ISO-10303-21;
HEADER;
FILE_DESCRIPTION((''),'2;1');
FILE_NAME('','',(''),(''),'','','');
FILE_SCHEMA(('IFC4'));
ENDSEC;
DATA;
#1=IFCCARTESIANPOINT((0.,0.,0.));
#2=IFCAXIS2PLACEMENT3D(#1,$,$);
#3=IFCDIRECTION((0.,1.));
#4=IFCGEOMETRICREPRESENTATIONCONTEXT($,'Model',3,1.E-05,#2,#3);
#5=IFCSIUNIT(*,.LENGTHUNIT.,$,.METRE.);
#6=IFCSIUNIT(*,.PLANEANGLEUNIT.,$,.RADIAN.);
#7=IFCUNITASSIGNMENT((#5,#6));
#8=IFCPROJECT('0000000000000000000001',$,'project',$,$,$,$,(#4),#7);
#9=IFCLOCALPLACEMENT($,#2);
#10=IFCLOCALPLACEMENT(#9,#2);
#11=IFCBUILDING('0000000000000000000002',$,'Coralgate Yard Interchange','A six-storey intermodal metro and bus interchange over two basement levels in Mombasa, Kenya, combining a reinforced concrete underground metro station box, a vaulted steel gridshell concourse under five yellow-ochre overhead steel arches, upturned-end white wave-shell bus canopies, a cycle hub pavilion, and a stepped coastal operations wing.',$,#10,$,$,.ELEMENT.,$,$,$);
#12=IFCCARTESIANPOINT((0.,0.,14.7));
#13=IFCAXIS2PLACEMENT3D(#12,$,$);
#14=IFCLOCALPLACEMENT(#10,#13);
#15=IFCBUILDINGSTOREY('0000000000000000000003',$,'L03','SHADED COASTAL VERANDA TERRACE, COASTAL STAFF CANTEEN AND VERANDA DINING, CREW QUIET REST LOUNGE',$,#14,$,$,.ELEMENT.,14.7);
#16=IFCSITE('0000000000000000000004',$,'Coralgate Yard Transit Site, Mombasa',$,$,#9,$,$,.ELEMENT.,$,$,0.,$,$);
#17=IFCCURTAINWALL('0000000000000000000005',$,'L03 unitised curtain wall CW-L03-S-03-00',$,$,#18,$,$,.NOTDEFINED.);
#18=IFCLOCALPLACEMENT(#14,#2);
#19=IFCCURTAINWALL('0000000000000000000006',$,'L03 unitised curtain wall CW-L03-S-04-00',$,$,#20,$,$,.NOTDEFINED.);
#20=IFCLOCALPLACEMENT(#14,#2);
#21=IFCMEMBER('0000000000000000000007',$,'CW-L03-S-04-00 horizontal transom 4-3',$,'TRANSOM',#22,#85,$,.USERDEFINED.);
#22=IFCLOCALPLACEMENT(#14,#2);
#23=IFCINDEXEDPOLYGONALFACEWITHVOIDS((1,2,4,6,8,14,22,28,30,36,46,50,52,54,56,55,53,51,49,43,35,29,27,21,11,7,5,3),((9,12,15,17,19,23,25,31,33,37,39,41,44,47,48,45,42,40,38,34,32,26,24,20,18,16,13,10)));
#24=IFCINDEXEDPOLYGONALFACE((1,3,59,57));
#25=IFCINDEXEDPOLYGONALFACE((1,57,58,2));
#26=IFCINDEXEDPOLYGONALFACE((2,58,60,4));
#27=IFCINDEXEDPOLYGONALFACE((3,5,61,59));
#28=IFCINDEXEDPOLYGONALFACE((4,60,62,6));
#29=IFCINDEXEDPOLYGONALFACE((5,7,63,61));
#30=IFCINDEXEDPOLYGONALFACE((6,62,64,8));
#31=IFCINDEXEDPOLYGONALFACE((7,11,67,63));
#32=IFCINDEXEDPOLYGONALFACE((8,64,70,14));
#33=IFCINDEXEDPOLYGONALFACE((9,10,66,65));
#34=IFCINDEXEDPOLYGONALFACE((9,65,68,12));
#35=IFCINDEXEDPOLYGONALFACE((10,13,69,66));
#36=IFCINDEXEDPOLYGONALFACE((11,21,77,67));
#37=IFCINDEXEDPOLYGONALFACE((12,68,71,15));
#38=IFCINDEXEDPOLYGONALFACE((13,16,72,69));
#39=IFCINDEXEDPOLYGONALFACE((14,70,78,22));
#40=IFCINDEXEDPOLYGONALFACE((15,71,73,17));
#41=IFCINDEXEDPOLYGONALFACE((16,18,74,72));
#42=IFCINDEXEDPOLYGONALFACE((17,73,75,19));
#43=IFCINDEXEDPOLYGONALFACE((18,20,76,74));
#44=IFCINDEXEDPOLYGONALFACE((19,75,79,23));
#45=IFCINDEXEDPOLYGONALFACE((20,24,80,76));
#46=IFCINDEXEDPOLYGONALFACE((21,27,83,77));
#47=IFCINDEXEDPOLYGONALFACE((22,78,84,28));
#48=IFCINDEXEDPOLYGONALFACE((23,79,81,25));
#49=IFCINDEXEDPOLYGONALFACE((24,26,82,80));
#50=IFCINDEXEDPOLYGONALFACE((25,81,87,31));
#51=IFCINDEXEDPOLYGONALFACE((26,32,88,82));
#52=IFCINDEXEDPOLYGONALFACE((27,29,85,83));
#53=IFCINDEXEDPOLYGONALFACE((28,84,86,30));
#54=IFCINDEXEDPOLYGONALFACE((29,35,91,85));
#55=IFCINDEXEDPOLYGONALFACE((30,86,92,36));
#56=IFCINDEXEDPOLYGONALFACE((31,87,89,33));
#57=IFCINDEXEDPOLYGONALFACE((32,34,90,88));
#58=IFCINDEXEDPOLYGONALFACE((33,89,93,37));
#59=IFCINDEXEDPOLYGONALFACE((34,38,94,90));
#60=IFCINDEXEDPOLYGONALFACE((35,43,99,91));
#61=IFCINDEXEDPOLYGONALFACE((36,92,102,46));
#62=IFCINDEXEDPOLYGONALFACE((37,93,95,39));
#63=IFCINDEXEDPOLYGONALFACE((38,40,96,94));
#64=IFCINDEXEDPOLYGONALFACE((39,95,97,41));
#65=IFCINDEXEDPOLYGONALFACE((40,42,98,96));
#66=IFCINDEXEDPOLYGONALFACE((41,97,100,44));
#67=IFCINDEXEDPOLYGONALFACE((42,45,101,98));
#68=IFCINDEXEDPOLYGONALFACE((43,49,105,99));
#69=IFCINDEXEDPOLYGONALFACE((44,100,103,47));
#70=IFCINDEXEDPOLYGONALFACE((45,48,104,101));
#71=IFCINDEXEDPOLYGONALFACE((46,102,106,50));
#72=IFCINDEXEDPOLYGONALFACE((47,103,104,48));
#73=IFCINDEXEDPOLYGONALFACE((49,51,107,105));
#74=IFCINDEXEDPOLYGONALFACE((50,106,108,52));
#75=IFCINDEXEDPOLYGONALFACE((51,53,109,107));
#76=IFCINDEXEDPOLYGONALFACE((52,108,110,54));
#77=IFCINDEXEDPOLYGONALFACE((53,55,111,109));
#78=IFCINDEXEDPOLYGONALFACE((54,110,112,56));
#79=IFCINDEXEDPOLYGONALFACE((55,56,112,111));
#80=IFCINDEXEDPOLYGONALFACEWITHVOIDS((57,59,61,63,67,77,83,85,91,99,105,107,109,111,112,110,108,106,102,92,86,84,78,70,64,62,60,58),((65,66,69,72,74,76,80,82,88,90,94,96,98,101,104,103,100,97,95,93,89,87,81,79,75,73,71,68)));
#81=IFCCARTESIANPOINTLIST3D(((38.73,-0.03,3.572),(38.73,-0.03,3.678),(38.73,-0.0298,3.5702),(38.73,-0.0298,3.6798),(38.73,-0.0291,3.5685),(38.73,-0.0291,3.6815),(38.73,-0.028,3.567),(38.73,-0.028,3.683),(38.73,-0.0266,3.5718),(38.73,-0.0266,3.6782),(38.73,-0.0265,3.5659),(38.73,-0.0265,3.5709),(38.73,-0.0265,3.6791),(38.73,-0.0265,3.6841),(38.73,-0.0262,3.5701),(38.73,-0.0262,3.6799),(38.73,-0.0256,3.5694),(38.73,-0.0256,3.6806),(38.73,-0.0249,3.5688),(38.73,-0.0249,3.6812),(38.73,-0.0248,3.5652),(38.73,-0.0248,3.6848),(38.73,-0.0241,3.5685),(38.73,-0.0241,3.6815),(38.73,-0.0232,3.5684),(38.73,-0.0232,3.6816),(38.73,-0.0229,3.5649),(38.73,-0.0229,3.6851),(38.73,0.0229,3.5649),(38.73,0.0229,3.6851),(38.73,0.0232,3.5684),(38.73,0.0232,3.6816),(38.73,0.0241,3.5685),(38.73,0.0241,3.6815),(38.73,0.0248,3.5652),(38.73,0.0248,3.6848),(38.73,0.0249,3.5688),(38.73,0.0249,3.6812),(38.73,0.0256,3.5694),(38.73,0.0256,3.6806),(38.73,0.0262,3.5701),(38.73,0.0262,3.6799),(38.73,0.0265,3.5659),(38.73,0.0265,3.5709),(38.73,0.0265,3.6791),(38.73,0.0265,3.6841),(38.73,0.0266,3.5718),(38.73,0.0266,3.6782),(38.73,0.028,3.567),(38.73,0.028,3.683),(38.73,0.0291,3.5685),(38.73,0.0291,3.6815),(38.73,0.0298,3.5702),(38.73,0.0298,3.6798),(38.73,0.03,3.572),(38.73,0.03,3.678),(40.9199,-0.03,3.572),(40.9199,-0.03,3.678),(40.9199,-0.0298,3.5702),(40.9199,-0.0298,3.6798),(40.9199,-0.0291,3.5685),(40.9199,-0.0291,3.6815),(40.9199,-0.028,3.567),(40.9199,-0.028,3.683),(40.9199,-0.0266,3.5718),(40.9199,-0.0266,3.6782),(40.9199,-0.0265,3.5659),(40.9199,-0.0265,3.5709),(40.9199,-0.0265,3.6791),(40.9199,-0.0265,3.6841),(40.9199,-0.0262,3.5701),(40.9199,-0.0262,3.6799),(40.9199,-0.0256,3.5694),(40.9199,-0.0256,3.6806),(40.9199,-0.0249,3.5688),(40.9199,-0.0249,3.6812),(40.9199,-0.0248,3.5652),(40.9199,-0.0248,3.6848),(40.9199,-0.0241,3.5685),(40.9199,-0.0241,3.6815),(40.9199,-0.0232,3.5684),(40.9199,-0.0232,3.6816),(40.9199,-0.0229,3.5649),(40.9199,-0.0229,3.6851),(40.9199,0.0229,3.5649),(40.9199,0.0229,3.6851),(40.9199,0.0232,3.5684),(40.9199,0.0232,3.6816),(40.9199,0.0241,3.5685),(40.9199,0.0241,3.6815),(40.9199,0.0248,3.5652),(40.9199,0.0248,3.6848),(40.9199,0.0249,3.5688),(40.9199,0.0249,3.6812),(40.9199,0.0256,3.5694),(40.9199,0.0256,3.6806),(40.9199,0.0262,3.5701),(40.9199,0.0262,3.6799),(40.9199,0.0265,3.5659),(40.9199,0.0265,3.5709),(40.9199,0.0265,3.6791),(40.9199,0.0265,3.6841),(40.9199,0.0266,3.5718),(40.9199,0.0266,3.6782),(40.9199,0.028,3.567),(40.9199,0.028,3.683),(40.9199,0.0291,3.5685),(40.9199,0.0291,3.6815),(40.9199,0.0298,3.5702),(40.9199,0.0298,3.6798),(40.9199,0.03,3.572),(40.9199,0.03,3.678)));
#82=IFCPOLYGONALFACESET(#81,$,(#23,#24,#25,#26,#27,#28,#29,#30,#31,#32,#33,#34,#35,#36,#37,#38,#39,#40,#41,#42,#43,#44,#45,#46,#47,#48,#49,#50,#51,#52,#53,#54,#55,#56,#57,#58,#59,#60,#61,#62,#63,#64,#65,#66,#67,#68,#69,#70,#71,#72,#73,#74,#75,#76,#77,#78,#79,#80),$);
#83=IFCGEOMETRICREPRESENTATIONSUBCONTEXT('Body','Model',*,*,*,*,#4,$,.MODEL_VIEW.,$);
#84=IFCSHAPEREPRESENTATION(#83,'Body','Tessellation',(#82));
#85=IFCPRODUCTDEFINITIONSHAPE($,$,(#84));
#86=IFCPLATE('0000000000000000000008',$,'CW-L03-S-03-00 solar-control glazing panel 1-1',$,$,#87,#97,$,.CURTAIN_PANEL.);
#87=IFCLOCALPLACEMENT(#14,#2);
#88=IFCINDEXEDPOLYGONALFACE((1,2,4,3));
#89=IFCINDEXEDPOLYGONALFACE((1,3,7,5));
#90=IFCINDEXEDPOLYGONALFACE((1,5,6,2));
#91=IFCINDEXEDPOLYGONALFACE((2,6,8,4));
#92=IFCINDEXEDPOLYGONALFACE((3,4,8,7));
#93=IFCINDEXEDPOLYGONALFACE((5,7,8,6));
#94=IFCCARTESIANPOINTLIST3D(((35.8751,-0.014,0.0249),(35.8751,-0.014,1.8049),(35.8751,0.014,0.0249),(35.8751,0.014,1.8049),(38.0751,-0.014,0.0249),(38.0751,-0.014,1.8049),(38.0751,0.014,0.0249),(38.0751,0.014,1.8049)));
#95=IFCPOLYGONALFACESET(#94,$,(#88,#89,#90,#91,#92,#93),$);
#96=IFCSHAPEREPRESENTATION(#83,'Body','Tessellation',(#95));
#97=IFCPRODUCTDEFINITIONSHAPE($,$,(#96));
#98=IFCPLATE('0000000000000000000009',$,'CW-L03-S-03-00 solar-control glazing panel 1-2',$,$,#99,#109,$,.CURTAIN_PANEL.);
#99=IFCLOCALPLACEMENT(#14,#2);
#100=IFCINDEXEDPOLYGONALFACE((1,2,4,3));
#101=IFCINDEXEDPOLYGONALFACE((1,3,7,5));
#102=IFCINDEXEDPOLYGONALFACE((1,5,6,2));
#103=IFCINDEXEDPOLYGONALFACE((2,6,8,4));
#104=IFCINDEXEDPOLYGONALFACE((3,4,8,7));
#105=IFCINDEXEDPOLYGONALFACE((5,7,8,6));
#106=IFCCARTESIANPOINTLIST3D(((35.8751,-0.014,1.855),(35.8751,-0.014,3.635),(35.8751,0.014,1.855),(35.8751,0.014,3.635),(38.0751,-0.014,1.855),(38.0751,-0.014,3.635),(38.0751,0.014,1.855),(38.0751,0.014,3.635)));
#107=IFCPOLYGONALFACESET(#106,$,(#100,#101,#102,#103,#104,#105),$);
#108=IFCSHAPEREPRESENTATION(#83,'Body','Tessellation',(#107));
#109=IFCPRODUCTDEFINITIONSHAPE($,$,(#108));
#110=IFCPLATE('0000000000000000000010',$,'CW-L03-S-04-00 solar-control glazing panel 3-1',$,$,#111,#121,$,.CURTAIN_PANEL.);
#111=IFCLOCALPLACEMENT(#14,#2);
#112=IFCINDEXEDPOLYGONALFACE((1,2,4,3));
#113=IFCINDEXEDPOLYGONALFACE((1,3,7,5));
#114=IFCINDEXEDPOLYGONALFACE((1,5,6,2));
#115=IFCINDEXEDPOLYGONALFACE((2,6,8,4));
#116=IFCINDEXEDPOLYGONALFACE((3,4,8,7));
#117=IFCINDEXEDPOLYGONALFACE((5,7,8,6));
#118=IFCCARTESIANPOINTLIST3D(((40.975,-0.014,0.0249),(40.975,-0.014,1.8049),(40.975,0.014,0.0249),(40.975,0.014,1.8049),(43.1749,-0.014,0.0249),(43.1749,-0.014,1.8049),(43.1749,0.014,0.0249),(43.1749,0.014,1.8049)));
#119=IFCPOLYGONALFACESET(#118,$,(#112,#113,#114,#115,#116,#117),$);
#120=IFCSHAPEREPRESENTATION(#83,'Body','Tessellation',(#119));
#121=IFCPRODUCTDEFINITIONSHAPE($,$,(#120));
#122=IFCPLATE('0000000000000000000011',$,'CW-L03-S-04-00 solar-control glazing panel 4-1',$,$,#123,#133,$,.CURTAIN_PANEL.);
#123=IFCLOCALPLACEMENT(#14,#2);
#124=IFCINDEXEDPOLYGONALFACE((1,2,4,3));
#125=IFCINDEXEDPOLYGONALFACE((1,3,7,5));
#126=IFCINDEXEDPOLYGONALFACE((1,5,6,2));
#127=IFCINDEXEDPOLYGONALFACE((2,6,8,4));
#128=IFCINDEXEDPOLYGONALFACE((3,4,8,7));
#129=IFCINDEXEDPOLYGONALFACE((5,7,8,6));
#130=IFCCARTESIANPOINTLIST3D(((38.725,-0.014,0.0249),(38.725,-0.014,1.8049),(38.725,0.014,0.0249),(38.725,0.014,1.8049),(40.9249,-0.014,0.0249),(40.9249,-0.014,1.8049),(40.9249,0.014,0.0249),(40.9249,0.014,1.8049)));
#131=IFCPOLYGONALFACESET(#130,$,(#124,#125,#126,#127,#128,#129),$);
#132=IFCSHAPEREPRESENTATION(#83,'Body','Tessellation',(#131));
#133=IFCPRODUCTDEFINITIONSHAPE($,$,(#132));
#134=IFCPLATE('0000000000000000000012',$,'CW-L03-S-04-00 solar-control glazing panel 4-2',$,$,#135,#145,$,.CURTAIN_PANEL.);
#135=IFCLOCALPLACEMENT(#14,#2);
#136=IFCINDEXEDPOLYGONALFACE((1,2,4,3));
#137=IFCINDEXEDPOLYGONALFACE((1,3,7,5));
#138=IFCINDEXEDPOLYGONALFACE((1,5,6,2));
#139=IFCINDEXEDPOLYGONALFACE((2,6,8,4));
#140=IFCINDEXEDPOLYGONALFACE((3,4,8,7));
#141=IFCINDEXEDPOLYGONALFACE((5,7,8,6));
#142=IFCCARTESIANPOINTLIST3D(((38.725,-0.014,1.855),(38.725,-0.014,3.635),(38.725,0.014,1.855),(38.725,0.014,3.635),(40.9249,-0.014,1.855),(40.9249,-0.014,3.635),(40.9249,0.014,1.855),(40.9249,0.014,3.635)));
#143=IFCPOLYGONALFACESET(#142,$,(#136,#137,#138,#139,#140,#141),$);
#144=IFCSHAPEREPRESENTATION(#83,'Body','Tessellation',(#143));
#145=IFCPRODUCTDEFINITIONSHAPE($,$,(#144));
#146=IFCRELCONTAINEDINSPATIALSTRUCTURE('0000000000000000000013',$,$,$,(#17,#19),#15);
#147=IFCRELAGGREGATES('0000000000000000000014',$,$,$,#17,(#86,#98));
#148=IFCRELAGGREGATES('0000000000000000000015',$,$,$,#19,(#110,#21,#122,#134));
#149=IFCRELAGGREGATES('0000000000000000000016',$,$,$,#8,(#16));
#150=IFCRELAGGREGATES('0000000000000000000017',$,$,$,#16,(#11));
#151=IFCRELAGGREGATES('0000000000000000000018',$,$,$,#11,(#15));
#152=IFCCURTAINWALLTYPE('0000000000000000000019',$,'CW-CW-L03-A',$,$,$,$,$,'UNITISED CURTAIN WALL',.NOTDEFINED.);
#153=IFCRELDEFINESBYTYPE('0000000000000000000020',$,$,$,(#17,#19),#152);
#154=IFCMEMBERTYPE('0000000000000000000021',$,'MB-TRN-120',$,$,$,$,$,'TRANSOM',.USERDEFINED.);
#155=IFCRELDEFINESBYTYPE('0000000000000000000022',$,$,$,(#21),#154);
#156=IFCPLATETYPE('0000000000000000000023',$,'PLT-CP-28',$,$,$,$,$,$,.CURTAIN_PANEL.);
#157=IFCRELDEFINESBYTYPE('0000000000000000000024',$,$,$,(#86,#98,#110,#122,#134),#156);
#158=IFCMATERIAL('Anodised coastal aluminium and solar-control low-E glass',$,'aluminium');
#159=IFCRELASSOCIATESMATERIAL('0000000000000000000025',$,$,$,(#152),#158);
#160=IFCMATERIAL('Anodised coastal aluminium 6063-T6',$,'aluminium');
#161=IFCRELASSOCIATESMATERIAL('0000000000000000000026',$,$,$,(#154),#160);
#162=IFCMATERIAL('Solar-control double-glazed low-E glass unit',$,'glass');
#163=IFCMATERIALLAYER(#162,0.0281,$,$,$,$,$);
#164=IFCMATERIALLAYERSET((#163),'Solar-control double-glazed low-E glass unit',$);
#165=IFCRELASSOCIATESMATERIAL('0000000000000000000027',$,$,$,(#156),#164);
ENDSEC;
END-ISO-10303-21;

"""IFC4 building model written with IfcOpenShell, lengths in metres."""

from ifc_helpers import new_model, si_unit, direction, frame, origin, origin_2d, place, context, subcontext, project, spatial, rectangle, hollow_rectangle, extrude, material, layer, layer_set, material_profile, profile_set, type_object, element, aggregate, save


model = new_model("IFC4")

# Units and contexts
model_context = context("Model", 3, precision=1e-05, world=origin(), true_north=direction((0.0, 1.0)))
body_context = subcontext(model_context, "Body", "Model", "MODEL_VIEW")
ifc_project = project(units=[si_unit("LENGTHUNIT", "METRE"), si_unit("PLANEANGLEUNIT", "RADIAN")], contexts=[model_context])

# Site, building, storey
site_placement = place(None, origin())
site = spatial("IfcSite", under=ifc_project, at=site_placement, Name="Coralgate Yard Transit Site, Mombasa", CompositionType="ELEMENT", RefElevation=0.0)
building_placement = place(site_placement, origin())
building = spatial("IfcBuilding", under=site, at=building_placement, Name="Coralgate Yard Interchange", Description="A six-storey intermodal metro and bus interchange over two basement levels in Mombasa, Kenya, combining a reinforced concrete underground metro station box, a vaulted steel gridshell concourse under five yellow-ochre overhead steel arches, upturned-end white wave-shell bus canopies, a cycle hub pavilion, and a stepped coastal operations wing.", CompositionType="ELEMENT")
storey_placement = place(building_placement, frame((0.0, 0.0, 14.7)))
storey = spatial("IfcBuildingStorey", under=building, at=storey_placement, Name="L03", Description="SHADED COASTAL VERANDA TERRACE, COASTAL STAFF CANTEEN AND VERANDA DINING, CREW QUIET REST LOUNGE", CompositionType="ELEMENT", Elevation=14.7)

# Curtain walls
ifc_material_1 = material(Name="Anodised coastal aluminium and solar-control low-E glass", Category="aluminium")
curtain_wall_type = type_object("IfcCurtainWallType", Name="CW-CW-L03-A", ElementType="UNITISED CURTAIN WALL", PredefinedType="NOTDEFINED", material=ifc_material_1)
curtain_wall_1_placement = place(storey_placement, origin())
curtain_wall_1 = element("IfcCurtainWall", 1, at=curtain_wall_1_placement, inside=storey, type_object=curtain_wall_type, Name="L03 unitised curtain wall CW-L03-S-03-00", PredefinedType="NOTDEFINED")
ifc_material_2 = material(Name="Anodised coastal aluminium 6063-T6", Category="aluminium")
curtain_wall_2_placement = place(storey_placement, origin())
curtain_wall_2 = element("IfcCurtainWall", 2, at=curtain_wall_2_placement, inside=storey, type_object=curtain_wall_type, Name="L03 unitised curtain wall CW-L03-S-04-00", PredefinedType="NOTDEFINED")

# Member
ifc_material_profile_1 = material_profile(ifc_material_2, hollow_rectangle(XDim=0.0601, YDim=0.1201, WallThickness=0.0034, InnerFilletRadius=0.0034, OuterFilletRadius=0.0071, at=origin_2d()), Name="ALU 60x120x3.5")
ifc_profile_set_1 = profile_set([ifc_material_profile_1], Name="Anodised coastal aluminium 6063-T6")
member_type_1 = type_object("IfcMemberType", Name="MB-TRN-120", ElementType="TRANSOM", PredefinedType="USERDEFINED", material=ifc_profile_set_1)
member_1_placement = place(storey_placement, frame((40.9199, 0.0, 3.625), z_axis=(-1.0, 0.0, 0.0), x_axis=(0.0, -1.0, 0.0)))
member_1 = element("IfcMember", 3, at=member_1_placement, type_object=member_type_1, Name="CW-L03-S-04-00 horizontal transom 4-3", ObjectType="TRANSOM", PredefinedType="USERDEFINED", context=body_context, shape_type="SweptSolid", body=[
    extrude(hollow_rectangle(XDim=0.0601, YDim=0.1201, WallThickness=0.0034, InnerFilletRadius=0.0034, OuterFilletRadius=0.0071, at=origin_2d()), origin(), (0.0, 0.0, 1.0), 2.1899),
])

# Plates
ifc_material_3 = material(Name="Solar-control double-glazed low-E glass unit", Category="glass")
ifc_layer = layer(ifc_material_3, 0.0281)
ifc_layer_set = layer_set([ifc_layer], Name="Solar-control double-glazed low-E glass unit")
plate_type = type_object("IfcPlateType", Name="PLT-CP-28", PredefinedType="CURTAIN_PANEL", material=ifc_layer_set)
plate_1_placement = place(storey_placement, frame((36.9751, 0.0, 0.0249), z_axis=(0.0, 0.0, 1.0), x_axis=(-1.0, 0.0, 0.0)))
plate_1 = element("IfcPlate", 4, at=plate_1_placement, type_object=plate_type, Name="CW-L03-S-03-00 solar-control glazing panel 1-1", PredefinedType="CURTAIN_PANEL", context=body_context, shape_type="SweptSolid", body=[
    extrude(rectangle(XDim=2.2, YDim=0.0281, at=origin_2d()), origin(), (0.0, 0.0, 1.0), 1.78),
])
plate_2_placement = place(storey_placement, frame((36.9751, 0.0, 1.855), z_axis=(0.0, 0.0, 1.0), x_axis=(-1.0, 0.0, 0.0)))
plate_2 = element("IfcPlate", 5, at=plate_2_placement, type_object=plate_type, Name="CW-L03-S-03-00 solar-control glazing panel 1-2", PredefinedType="CURTAIN_PANEL", context=body_context, shape_type="SweptSolid", body=[
    extrude(rectangle(XDim=2.2, YDim=0.0281, at=origin_2d()), origin(), (0.0, 0.0, 1.0), 1.78),
])
aggregate(curtain_wall_1, [plate_1, plate_2])
plate_3_placement = place(storey_placement, frame((42.075, 0.0, 0.0249), z_axis=(0.0, 0.0, 1.0), x_axis=(-1.0, 0.0, 0.0)))
plate_3 = element("IfcPlate", 6, at=plate_3_placement, type_object=plate_type, Name="CW-L03-S-04-00 solar-control glazing panel 3-1", PredefinedType="CURTAIN_PANEL", context=body_context, shape_type="SweptSolid", body=[
    extrude(rectangle(XDim=2.2, YDim=0.0281, at=origin_2d()), origin(), (0.0, 0.0, 1.0), 1.78),
])
plate_4_placement = place(storey_placement, frame((39.825, 0.0, 0.0249), z_axis=(0.0, 0.0, 1.0), x_axis=(-1.0, 0.0, 0.0)))
plate_4 = element("IfcPlate", 7, at=plate_4_placement, type_object=plate_type, Name="CW-L03-S-04-00 solar-control glazing panel 4-1", PredefinedType="CURTAIN_PANEL", context=body_context, shape_type="SweptSolid", body=[
    extrude(rectangle(XDim=2.2, YDim=0.0281, at=origin_2d()), origin(), (0.0, 0.0, 1.0), 1.78),
])
plate_5_placement = place(storey_placement, frame((39.825, 0.0, 1.855), z_axis=(0.0, 0.0, 1.0), x_axis=(-1.0, 0.0, 0.0)))
plate_5 = element("IfcPlate", 8, at=plate_5_placement, type_object=plate_type, Name="CW-L03-S-04-00 solar-control glazing panel 4-2", PredefinedType="CURTAIN_PANEL", context=body_context, shape_type="SweptSolid", body=[
    extrude(rectangle(XDim=2.2, YDim=0.0281, at=origin_2d()), origin(), (0.0, 0.0, 1.0), 1.78),
])
aggregate(curtain_wall_2, [plate_3, member_1, plate_4, plate_5])

save(model, "model.ifc")
